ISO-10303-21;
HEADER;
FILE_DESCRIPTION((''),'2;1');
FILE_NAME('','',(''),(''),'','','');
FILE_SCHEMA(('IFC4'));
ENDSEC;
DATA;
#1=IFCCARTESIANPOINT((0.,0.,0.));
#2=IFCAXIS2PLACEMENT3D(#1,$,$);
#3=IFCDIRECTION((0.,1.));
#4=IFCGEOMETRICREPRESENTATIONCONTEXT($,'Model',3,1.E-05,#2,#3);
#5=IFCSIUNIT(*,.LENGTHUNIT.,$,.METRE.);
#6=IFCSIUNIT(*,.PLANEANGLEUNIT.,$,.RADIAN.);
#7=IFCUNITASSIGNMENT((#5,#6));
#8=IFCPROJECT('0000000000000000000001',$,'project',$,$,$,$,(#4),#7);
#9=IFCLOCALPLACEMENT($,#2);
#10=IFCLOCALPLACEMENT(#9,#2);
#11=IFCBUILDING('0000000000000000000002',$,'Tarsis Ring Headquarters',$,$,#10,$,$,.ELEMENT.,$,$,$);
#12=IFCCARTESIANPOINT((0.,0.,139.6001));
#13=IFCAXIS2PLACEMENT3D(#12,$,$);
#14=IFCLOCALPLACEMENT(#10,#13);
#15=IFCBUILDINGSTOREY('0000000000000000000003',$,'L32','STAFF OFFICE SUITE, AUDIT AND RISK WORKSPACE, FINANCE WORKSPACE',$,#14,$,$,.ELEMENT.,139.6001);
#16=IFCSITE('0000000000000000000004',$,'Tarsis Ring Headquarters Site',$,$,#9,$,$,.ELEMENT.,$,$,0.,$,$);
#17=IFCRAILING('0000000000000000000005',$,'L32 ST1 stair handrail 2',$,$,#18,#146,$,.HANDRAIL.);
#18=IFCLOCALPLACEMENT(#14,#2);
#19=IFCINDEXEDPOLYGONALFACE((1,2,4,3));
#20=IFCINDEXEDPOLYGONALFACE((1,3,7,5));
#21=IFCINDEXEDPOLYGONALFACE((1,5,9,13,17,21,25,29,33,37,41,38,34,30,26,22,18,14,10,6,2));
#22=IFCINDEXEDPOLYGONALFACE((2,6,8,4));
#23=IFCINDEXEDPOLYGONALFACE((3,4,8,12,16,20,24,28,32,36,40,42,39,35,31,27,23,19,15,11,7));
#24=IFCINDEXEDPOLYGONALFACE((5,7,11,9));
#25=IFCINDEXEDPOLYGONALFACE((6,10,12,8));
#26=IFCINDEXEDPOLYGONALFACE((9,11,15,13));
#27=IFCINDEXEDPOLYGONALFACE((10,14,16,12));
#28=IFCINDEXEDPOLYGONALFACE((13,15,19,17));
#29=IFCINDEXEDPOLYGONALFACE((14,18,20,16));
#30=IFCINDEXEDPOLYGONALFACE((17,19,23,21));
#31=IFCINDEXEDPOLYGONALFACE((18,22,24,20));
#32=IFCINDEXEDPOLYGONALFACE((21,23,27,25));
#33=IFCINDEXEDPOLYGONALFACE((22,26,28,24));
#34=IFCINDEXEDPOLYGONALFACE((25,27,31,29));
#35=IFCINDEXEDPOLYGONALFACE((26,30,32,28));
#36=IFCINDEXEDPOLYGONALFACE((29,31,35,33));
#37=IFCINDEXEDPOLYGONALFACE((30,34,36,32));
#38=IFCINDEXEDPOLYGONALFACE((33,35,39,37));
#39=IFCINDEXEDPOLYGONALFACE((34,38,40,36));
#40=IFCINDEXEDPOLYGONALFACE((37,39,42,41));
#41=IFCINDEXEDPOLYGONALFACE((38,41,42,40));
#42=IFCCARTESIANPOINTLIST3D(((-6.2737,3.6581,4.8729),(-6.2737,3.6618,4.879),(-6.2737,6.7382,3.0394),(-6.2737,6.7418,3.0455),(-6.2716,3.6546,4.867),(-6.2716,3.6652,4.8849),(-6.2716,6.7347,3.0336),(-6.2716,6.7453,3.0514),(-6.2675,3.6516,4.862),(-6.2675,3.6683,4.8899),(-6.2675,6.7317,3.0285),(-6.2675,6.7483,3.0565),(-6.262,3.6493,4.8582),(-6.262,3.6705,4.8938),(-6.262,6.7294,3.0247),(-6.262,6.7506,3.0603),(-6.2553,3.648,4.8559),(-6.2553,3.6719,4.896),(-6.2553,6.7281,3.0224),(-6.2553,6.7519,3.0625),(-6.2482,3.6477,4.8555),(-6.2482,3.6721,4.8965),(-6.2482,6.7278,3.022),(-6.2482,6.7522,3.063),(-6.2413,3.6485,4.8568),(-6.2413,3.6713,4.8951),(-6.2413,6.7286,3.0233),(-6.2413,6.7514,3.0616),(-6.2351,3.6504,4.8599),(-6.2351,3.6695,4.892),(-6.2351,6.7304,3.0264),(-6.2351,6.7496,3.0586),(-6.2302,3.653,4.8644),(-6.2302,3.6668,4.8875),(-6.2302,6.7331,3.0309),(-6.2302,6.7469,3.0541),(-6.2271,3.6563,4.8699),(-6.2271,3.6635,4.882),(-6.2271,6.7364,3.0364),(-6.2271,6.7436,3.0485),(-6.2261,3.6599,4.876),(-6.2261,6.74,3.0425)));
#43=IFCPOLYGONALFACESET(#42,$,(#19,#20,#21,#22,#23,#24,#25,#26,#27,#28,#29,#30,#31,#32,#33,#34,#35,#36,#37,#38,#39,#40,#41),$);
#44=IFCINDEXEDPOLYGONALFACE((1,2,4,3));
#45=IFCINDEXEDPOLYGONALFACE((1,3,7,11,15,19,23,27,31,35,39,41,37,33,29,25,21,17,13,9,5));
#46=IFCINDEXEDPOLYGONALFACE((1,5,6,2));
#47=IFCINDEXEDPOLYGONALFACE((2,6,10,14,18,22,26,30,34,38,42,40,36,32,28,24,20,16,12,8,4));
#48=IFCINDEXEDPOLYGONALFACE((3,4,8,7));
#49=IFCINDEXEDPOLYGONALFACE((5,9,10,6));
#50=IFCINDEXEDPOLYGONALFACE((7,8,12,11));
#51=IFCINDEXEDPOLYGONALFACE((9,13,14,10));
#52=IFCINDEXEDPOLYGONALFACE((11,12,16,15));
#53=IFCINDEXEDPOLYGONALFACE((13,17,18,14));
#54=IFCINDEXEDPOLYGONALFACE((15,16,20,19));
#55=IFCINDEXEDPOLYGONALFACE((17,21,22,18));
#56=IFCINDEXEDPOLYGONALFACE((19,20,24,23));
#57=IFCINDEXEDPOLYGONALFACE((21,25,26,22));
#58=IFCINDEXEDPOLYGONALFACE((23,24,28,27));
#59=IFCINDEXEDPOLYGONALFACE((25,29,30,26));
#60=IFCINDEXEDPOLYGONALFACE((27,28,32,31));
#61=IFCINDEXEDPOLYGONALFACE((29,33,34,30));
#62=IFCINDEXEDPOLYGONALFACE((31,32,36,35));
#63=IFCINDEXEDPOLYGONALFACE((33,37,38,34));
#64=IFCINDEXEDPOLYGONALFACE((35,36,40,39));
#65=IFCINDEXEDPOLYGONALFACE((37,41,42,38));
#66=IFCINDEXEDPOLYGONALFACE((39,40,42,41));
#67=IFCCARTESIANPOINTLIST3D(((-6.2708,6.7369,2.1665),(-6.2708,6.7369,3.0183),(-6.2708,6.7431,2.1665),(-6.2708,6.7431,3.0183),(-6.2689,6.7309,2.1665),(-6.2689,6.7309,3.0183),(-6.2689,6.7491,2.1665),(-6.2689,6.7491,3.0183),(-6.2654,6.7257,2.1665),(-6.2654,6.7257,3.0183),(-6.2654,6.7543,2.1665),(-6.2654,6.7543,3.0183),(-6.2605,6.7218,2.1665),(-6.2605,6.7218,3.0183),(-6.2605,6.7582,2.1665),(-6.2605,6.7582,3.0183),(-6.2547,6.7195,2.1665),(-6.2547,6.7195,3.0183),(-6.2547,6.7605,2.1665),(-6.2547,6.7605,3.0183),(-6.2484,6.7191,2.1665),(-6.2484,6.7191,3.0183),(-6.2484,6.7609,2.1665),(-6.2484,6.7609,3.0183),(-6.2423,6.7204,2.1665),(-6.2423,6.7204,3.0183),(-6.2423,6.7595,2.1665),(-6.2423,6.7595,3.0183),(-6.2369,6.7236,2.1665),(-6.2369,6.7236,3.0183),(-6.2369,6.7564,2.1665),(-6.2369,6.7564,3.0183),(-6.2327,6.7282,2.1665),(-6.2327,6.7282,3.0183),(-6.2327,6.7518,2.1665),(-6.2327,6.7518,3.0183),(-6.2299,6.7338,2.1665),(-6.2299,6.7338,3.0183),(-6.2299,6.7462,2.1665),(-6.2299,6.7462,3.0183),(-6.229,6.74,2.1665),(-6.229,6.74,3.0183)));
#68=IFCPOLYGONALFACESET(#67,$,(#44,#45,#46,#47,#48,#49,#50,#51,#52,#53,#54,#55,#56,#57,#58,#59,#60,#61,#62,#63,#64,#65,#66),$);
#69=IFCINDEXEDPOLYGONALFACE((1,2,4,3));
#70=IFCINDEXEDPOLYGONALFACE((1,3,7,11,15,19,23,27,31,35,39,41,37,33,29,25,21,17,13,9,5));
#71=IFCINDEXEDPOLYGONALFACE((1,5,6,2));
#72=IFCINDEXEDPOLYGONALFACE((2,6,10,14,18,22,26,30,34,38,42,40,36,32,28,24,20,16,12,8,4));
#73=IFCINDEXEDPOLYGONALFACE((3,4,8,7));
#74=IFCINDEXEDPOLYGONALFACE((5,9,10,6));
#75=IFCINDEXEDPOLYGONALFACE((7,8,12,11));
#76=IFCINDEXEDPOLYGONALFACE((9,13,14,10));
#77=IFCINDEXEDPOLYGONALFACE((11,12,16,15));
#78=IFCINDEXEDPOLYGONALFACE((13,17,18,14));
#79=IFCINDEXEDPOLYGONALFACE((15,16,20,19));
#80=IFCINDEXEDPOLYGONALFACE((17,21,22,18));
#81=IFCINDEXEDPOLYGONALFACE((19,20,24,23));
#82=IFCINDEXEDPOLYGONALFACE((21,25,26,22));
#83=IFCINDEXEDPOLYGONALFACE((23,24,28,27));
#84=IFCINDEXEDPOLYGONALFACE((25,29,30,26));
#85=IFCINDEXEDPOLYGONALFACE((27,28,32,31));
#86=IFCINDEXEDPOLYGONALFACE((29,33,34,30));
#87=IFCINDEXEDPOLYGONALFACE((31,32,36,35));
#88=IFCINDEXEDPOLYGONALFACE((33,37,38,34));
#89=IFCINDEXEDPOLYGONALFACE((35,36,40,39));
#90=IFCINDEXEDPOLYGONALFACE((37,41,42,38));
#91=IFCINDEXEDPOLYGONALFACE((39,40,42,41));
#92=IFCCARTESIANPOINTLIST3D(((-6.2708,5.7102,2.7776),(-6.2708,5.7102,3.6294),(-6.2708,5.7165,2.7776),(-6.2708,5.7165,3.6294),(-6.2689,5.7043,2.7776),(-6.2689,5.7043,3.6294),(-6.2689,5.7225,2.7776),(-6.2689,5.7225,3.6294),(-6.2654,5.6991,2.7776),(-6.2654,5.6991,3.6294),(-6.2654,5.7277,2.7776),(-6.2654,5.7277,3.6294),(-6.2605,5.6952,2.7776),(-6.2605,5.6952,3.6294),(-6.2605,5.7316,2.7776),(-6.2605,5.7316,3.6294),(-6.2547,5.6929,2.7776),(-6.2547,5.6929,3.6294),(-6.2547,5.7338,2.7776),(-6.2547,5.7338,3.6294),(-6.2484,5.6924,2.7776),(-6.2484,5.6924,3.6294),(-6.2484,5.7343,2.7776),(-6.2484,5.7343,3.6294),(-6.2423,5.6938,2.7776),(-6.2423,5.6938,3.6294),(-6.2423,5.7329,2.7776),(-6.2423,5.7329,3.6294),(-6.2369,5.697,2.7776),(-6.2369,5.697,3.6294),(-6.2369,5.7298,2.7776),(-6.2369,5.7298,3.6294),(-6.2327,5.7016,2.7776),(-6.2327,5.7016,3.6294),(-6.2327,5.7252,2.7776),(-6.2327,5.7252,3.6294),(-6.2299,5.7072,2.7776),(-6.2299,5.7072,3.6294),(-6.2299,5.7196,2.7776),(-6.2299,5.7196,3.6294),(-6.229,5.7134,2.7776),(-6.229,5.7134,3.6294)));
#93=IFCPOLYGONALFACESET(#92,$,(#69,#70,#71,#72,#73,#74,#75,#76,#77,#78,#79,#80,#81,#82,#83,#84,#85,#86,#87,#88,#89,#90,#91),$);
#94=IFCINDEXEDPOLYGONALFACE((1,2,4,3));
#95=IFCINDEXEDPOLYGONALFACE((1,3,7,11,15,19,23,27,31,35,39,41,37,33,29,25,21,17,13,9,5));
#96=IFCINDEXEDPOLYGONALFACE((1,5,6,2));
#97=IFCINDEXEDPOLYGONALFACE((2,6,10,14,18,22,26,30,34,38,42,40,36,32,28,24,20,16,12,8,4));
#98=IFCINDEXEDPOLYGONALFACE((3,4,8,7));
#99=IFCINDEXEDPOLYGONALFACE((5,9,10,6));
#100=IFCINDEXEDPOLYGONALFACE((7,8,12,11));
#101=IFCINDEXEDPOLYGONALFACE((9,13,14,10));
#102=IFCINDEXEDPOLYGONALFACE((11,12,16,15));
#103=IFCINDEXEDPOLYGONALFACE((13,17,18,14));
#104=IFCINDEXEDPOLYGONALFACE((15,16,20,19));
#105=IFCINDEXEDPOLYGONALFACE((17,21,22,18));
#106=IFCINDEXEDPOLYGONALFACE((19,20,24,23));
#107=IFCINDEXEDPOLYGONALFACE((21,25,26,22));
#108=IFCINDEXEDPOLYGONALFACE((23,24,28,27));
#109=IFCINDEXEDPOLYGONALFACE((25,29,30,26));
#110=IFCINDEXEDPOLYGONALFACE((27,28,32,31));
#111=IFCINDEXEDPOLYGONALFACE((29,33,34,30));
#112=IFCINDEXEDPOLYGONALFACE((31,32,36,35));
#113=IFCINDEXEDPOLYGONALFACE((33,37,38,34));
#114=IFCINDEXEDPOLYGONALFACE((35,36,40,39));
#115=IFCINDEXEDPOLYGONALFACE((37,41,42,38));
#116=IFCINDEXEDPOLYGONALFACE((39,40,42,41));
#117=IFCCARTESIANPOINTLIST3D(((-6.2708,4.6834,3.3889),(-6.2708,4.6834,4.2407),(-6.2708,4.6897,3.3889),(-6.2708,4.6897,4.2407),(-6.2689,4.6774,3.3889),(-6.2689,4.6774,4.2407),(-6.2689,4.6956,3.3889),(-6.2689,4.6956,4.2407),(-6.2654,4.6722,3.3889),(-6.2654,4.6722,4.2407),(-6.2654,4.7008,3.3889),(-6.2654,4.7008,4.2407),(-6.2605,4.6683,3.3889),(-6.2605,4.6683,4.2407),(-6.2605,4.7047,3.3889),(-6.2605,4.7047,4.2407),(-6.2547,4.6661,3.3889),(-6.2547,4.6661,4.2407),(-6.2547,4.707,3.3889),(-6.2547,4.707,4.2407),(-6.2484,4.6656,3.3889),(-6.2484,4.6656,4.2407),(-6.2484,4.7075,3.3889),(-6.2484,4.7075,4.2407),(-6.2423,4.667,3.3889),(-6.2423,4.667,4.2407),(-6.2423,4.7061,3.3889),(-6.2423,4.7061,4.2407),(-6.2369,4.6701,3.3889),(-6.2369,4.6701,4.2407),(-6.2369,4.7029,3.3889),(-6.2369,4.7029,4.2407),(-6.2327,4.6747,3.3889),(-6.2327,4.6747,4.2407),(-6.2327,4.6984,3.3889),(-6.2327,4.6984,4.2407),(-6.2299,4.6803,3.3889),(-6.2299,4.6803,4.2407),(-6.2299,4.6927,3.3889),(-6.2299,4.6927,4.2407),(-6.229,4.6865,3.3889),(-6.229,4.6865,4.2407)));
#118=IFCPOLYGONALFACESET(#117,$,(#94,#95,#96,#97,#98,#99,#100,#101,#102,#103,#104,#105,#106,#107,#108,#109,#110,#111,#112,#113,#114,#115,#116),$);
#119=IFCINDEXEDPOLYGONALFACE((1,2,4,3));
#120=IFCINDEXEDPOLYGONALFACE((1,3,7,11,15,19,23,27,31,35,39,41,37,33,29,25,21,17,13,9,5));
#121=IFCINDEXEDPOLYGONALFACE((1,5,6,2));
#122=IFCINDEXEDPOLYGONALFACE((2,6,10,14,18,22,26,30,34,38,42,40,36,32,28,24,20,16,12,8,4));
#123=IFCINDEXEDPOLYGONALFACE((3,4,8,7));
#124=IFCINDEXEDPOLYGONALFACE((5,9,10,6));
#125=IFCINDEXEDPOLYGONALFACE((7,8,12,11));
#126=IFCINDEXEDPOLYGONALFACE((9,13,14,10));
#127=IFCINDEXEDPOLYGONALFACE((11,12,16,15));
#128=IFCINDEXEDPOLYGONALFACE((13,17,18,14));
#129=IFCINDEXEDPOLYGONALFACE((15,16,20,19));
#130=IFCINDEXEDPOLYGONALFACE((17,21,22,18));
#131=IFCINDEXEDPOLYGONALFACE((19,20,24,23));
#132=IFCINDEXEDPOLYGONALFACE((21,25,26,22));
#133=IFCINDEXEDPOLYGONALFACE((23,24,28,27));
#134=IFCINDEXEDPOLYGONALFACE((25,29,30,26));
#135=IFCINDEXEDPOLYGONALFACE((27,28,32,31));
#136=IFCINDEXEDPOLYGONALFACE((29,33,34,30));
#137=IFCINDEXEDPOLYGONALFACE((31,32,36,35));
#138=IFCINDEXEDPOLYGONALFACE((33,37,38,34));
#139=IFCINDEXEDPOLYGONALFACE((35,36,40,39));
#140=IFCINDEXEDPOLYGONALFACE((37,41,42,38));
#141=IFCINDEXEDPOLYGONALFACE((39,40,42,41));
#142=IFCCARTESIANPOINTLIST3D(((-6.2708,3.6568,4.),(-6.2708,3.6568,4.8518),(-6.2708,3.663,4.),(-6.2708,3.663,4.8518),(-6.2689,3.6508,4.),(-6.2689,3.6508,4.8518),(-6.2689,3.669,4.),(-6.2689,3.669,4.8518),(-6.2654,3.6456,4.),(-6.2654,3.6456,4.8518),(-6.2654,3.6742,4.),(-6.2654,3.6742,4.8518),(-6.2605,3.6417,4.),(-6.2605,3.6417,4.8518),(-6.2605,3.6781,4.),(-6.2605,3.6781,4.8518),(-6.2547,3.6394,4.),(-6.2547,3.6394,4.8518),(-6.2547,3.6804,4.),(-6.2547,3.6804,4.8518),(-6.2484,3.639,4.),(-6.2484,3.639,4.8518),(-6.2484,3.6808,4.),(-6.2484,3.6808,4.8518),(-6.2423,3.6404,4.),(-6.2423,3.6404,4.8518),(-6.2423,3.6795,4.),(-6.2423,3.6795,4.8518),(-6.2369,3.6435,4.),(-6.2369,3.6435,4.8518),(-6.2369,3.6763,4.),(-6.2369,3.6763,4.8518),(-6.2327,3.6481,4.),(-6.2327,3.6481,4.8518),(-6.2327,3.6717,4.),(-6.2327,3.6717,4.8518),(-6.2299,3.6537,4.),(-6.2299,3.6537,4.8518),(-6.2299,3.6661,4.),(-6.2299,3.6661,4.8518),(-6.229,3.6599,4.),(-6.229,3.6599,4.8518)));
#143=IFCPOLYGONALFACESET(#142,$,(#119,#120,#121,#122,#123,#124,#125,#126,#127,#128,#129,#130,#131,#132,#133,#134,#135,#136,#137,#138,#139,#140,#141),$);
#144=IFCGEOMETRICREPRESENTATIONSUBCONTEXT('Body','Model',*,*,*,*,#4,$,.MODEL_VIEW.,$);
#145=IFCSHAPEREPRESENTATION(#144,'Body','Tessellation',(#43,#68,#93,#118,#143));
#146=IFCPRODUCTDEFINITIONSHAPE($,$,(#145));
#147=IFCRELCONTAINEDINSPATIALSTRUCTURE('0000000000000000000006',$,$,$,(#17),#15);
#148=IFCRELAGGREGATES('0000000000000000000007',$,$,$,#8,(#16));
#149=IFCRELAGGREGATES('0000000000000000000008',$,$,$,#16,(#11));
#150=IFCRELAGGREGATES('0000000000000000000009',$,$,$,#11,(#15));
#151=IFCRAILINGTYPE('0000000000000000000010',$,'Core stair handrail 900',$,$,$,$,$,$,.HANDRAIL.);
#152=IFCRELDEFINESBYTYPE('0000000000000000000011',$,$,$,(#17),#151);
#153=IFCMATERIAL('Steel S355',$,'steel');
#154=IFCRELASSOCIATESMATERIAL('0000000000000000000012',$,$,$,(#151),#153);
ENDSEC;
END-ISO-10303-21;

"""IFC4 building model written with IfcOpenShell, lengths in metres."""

from ifc_helpers import new_model, si_unit, direction, frame, origin, origin_2d, place, context, subcontext, project, spatial, circle, extrude, material, type_object, element, save


model = new_model("IFC4")

# Units and contexts
model_context = context("Model", 3, precision=1e-05, world=origin(), true_north=direction((0.0, 1.0)))
body_context = subcontext(model_context, "Body", "Model", "MODEL_VIEW")
ifc_project = project(units=[si_unit("LENGTHUNIT", "METRE"), si_unit("PLANEANGLEUNIT", "RADIAN")], contexts=[model_context])

# Site, building, storey
site_placement = place(None, origin())
site = spatial("IfcSite", under=ifc_project, at=site_placement, Name="Tarsis Ring Headquarters Site", CompositionType="ELEMENT", RefElevation=0.0)
building_placement = place(site_placement, origin())
building = spatial("IfcBuilding", under=site, at=building_placement, Name="Tarsis Ring Headquarters", CompositionType="ELEMENT")
storey_placement = place(building_placement, frame((0.0, 0.0, 139.6001)))
storey = spatial("IfcBuildingStorey", under=building, at=storey_placement, Name="L32", Description="STAFF OFFICE SUITE, AUDIT AND RISK WORKSPACE, FINANCE WORKSPACE", CompositionType="ELEMENT", Elevation=139.6001)

# Shared definitions
ifc_material_1 = material(Name="Steel S355", Category="steel")

# Railing
railing_type_1 = type_object("IfcRailingType", Name="Core stair handrail 900", PredefinedType="HANDRAIL", material=ifc_material_1)
for number, where, name in (
    (1, (-6.25, 6.74, 2.1665), "L32 ST1 stair handrail 2"),
):
    element("IfcRailing", number, at=place(storey_placement, frame(where)), inside=storey, type_object=railing_type_1, Name=name, PredefinedType="HANDRAIL", context=body_context, shape_type="SweptSolid", body=[
        extrude(circle(Radius=0.0239, at=origin_2d()), frame((0.0, 0.0, 0.876), z_axis=(0.0, -0.859279, 0.511508), x_axis=(1.0, 0.0, 0.0)), (0.0, 0.0, 1.0), 3.5845),
        extrude(circle(Radius=0.021, at=origin_2d()), origin(), (0.0, 0.0, 1.0), 0.8518),
        extrude(circle(Radius=0.021, at=origin_2d()), frame((0.0, -1.0266, 0.6111)), (0.0, 0.0, 1.0), 0.8518),
        extrude(circle(Radius=0.021, at=origin_2d()), frame((0.0, -2.0535, 1.2224)), (0.0, 0.0, 1.0), 0.8518),
        extrude(circle(Radius=0.021, at=origin_2d()), frame((0.0, -3.0801, 1.8335)), (0.0, 0.0, 1.0), 0.8518),
    ])

save(model, "model.ifc")
